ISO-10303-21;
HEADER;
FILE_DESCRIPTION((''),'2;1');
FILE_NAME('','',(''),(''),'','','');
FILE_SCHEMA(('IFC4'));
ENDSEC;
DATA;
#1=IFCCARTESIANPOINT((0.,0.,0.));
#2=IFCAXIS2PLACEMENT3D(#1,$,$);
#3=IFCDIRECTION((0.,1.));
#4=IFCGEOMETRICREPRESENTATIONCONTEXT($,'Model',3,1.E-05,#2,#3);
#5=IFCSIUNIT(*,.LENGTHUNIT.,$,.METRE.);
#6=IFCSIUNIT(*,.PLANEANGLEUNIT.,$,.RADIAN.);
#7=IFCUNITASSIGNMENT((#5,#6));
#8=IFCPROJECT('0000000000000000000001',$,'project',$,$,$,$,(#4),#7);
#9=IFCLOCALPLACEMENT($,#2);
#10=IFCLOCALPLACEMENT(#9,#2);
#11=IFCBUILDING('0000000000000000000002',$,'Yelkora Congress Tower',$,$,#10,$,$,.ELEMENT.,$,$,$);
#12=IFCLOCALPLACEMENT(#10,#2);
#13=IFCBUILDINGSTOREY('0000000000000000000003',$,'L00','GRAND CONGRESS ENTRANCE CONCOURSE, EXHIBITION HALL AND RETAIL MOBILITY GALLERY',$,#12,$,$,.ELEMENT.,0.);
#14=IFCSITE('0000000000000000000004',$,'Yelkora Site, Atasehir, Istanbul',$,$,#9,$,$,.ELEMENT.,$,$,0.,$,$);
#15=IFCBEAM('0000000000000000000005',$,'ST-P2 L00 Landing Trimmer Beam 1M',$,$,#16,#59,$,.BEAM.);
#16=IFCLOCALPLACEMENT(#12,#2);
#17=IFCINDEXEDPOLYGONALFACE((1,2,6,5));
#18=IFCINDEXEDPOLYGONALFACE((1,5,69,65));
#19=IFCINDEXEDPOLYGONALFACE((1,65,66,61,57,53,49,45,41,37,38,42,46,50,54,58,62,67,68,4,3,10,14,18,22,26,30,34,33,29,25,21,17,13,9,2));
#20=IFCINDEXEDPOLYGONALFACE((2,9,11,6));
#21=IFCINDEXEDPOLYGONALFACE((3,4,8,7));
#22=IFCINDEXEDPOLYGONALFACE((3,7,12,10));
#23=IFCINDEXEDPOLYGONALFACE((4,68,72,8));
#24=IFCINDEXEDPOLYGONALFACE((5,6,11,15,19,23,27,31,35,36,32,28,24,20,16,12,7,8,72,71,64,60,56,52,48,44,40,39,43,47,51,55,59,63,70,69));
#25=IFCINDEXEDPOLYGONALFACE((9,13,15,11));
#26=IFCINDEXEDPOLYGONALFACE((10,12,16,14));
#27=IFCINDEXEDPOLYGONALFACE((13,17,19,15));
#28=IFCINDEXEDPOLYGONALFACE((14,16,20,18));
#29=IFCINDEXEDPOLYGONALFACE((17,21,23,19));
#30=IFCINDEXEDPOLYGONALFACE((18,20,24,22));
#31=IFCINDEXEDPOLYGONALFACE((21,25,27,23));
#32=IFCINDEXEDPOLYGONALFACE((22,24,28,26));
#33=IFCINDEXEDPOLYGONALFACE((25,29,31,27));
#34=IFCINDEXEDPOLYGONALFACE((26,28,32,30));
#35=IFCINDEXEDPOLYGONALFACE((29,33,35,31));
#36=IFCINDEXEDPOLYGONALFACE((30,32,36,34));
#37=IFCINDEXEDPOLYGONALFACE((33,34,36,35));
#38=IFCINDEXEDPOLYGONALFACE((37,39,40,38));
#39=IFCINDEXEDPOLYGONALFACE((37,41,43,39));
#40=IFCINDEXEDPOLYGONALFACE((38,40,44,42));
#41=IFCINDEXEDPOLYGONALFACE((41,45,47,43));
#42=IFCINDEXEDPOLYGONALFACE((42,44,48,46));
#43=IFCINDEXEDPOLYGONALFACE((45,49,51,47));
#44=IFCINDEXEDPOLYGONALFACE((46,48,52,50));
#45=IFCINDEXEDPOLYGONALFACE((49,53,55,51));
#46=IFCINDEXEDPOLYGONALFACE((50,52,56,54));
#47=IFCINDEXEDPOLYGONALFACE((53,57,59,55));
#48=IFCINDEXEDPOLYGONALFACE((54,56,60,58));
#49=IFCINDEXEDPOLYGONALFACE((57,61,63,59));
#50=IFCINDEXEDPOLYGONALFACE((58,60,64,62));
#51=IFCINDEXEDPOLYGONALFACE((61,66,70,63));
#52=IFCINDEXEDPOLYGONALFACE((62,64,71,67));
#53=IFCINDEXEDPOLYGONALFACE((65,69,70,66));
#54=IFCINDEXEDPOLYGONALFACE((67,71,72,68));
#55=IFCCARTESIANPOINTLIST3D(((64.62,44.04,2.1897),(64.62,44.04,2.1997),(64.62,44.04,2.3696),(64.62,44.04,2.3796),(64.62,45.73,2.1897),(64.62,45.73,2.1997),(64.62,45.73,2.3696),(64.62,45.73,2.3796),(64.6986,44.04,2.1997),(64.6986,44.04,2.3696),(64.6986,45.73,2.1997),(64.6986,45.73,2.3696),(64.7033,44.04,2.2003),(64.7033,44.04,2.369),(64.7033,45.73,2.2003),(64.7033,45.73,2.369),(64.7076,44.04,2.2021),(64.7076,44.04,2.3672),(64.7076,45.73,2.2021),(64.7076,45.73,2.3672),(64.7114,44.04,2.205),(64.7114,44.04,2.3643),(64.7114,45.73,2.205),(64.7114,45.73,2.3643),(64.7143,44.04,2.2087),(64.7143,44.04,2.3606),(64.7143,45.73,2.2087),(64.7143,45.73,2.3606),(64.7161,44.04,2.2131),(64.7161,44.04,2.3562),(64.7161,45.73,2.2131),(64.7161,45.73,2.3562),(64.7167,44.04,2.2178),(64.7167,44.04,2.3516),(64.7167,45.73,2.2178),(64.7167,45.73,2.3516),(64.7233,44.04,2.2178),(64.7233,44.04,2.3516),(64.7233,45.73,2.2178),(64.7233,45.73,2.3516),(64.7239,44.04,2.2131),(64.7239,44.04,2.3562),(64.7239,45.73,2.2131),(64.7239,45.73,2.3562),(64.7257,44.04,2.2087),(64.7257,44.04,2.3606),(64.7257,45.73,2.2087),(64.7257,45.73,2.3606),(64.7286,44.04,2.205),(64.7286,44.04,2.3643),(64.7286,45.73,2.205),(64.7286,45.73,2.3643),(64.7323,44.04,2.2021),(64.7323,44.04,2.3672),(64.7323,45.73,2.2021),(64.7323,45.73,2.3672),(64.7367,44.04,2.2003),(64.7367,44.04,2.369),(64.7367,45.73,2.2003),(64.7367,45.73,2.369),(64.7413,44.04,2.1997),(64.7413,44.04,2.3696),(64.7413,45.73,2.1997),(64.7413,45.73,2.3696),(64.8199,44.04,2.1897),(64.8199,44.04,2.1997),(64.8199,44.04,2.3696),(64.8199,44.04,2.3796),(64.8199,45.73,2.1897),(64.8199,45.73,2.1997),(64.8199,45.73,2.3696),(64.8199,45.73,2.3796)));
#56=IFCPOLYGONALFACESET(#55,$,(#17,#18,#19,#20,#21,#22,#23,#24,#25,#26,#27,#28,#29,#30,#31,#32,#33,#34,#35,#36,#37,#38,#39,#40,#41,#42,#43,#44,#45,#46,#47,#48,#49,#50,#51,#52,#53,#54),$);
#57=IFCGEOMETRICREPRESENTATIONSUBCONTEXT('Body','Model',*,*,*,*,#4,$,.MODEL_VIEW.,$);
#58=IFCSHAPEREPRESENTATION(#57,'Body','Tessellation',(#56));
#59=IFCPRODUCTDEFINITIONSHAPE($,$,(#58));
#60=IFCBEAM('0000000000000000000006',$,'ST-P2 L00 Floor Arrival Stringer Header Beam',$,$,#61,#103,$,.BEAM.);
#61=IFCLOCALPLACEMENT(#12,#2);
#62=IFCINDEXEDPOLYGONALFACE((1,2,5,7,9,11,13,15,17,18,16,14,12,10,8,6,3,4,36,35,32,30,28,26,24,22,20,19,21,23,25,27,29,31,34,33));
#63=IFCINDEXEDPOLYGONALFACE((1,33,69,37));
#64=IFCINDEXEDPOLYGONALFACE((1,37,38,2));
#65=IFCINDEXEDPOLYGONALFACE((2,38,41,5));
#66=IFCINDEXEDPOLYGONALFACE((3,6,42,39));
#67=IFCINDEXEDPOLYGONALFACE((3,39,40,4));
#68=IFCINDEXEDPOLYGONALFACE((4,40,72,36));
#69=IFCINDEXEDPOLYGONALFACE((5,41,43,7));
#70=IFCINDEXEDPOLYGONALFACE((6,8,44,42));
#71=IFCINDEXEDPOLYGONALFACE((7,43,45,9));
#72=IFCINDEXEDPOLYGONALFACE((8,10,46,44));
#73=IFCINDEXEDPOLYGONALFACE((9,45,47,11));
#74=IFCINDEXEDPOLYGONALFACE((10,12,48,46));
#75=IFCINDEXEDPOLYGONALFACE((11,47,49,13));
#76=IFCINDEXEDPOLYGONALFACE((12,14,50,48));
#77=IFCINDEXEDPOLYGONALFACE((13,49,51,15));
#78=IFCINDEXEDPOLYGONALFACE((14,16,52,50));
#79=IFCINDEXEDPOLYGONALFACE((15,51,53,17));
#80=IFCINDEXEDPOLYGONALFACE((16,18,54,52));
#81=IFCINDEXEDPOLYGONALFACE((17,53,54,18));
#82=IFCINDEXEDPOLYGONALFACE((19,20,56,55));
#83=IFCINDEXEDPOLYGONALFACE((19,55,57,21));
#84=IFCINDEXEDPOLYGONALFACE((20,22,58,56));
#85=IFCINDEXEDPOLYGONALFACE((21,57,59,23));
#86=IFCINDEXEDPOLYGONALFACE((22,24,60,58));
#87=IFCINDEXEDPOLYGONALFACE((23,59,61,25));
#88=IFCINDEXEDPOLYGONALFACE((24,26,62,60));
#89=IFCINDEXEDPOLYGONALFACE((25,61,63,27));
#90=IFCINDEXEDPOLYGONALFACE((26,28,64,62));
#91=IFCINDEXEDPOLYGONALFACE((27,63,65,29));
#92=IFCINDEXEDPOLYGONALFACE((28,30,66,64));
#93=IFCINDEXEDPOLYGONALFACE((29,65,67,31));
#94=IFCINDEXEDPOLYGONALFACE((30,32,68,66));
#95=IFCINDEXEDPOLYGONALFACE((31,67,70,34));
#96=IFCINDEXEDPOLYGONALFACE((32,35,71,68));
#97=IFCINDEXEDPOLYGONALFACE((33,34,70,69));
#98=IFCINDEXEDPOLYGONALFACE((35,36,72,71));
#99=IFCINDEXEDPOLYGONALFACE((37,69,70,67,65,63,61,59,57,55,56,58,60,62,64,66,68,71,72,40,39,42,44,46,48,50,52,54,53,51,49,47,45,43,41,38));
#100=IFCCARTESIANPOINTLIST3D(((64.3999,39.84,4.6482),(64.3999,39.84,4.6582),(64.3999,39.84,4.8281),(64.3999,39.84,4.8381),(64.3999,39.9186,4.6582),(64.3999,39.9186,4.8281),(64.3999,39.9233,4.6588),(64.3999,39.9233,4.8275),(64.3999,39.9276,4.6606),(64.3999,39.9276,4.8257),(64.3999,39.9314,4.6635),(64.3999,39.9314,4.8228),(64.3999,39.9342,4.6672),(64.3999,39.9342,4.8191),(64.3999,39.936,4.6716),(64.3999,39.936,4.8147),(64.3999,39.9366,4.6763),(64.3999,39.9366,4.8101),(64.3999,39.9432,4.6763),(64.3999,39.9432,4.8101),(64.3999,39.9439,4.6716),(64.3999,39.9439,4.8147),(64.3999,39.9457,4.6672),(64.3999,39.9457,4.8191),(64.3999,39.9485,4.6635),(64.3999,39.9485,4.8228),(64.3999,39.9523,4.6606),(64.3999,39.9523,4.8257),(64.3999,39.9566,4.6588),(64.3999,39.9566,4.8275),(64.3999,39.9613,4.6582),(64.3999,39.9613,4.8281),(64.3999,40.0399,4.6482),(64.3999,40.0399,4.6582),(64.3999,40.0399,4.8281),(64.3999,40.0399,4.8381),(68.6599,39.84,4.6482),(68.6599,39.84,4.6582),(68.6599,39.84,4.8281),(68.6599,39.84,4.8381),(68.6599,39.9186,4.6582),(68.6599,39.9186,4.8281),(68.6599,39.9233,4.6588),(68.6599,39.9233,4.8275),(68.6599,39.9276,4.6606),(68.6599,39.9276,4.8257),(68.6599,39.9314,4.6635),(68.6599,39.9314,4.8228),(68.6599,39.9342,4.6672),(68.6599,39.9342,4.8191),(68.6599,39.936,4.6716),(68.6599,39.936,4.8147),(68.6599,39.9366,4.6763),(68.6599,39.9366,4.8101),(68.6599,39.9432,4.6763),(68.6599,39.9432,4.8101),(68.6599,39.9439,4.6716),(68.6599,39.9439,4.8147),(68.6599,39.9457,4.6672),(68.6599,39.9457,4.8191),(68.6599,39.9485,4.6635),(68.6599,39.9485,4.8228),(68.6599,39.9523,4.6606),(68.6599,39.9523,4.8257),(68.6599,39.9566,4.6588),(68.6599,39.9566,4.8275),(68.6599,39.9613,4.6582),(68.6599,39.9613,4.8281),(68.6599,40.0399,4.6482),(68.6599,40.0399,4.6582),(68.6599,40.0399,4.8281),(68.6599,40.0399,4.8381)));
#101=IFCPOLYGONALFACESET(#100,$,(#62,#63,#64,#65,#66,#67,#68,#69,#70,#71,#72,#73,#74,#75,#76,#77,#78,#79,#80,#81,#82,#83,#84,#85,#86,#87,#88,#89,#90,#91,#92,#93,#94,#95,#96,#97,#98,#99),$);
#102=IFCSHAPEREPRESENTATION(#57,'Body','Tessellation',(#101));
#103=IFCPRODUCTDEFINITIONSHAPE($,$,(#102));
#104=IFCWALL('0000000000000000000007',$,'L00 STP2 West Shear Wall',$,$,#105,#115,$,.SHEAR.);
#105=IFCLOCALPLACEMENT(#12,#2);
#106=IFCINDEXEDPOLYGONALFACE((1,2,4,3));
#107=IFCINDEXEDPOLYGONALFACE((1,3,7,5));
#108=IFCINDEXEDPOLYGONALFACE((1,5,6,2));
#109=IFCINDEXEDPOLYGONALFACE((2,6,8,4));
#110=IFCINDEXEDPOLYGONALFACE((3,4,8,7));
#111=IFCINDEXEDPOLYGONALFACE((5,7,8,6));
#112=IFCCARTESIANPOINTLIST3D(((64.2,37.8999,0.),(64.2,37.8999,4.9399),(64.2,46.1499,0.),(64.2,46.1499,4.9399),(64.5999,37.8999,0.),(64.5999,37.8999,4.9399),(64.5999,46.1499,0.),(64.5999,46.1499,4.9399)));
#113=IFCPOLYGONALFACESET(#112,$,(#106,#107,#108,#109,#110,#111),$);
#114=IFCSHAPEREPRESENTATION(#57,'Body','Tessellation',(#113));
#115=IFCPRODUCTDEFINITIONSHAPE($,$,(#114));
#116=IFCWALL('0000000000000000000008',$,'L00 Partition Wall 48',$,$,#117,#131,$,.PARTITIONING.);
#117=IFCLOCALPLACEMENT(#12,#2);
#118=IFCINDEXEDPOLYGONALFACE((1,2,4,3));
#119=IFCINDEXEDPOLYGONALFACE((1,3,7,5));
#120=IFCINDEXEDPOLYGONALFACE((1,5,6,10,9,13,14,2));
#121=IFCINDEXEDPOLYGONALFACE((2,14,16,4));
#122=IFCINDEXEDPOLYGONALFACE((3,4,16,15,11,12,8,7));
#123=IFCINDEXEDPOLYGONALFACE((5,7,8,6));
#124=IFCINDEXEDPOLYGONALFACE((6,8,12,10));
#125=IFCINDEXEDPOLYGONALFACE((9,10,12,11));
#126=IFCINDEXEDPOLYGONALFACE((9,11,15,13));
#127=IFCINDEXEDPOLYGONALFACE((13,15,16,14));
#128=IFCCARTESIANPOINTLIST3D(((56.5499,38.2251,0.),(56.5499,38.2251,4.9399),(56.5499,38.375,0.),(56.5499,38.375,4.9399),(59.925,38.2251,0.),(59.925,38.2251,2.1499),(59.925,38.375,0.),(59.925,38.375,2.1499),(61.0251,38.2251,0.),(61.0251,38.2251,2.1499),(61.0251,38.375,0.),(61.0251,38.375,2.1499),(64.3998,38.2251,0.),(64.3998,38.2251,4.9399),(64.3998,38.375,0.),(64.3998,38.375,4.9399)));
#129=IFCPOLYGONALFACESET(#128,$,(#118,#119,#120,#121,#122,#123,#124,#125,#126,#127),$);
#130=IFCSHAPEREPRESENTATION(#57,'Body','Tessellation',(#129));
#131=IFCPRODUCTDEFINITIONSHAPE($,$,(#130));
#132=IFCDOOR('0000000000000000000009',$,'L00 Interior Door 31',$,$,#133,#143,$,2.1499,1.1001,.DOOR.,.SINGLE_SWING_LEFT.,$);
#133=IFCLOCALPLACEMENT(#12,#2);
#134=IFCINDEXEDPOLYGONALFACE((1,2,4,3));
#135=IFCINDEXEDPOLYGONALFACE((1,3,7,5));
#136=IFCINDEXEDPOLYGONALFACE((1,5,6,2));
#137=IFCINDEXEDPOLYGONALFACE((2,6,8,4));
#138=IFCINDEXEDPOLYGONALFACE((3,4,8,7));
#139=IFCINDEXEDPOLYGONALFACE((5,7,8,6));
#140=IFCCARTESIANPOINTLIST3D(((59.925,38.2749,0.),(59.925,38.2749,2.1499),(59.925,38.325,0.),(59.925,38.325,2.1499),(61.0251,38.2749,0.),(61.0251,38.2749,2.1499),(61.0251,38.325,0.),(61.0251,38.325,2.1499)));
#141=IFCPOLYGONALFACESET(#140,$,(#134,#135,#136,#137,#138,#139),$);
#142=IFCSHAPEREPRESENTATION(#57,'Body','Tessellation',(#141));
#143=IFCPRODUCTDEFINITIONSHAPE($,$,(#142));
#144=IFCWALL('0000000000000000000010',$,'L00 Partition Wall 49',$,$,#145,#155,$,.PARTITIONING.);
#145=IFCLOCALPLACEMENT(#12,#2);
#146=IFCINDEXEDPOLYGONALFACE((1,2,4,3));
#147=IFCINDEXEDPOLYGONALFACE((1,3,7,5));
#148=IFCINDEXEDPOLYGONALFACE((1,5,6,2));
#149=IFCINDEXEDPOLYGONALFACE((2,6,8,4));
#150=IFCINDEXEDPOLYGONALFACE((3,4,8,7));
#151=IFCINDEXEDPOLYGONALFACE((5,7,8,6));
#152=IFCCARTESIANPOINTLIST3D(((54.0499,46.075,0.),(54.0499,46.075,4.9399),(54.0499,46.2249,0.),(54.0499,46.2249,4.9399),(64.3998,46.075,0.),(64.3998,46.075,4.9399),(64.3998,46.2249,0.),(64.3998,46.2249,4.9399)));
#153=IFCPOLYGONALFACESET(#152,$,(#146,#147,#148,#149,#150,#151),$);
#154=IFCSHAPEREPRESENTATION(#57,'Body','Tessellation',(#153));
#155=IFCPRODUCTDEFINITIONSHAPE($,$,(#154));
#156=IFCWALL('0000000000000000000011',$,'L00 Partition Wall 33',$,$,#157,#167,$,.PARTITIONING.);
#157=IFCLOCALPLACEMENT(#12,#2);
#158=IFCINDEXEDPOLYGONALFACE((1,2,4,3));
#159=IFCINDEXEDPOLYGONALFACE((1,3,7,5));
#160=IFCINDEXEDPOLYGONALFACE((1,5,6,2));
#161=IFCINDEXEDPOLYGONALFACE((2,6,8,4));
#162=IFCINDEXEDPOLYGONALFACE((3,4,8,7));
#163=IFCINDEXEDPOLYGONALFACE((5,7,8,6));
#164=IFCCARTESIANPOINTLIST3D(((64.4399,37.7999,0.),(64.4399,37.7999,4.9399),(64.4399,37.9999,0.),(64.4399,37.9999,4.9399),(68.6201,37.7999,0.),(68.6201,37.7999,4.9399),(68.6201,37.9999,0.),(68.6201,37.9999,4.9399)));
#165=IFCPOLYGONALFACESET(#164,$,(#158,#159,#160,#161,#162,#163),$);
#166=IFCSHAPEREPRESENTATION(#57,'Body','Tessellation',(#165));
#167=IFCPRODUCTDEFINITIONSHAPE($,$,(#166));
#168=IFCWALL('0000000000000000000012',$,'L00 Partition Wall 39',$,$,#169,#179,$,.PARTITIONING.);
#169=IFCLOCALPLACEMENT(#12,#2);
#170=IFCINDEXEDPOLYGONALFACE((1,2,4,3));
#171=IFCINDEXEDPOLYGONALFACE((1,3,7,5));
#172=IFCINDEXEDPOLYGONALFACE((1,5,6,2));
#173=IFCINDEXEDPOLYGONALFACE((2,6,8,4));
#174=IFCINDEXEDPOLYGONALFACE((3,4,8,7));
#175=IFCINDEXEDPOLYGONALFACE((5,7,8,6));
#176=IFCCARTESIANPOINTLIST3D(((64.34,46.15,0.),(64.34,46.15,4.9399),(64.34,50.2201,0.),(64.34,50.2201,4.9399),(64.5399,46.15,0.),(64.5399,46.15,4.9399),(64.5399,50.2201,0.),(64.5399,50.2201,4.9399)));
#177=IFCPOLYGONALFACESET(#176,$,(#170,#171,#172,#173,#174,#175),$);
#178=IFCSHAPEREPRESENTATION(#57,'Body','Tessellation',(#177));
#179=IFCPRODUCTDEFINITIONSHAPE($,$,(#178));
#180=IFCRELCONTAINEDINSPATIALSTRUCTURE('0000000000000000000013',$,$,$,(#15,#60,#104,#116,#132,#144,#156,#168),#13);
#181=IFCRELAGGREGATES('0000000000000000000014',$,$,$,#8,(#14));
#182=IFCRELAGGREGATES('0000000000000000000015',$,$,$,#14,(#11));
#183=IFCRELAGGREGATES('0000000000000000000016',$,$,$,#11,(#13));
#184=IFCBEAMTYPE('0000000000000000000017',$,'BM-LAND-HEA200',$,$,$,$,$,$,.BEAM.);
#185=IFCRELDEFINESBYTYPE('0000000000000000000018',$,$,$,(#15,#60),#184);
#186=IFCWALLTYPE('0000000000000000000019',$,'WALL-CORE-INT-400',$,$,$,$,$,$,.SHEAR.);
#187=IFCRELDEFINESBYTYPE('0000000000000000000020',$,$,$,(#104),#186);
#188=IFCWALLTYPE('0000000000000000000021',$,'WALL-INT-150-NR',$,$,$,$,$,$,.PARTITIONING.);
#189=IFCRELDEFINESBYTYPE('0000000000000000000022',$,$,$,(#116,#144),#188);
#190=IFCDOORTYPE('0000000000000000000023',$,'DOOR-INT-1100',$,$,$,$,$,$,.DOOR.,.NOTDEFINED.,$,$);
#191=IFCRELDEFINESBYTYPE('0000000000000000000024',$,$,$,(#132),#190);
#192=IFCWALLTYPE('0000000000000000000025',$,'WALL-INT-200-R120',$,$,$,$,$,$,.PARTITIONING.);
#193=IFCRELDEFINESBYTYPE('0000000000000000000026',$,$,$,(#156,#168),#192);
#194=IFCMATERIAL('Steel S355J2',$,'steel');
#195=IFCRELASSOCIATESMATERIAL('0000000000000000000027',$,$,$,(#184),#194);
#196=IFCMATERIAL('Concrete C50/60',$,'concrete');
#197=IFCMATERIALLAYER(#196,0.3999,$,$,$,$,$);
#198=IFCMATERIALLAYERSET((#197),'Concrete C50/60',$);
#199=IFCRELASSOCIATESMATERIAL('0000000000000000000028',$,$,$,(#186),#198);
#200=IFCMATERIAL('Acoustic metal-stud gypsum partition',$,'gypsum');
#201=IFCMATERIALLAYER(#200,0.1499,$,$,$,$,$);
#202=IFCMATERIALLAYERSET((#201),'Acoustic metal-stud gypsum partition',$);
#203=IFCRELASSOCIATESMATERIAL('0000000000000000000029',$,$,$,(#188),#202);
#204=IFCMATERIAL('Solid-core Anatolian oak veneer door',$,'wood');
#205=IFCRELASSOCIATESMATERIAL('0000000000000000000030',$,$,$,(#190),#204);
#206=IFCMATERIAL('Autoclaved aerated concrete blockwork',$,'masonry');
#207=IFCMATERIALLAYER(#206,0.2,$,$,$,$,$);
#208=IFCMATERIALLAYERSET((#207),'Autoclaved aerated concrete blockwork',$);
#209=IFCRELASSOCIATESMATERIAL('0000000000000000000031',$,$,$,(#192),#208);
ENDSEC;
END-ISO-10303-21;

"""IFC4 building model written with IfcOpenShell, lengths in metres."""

from ifc_helpers import new_model, si_unit, direction, frame, frame_2d, origin, origin_2d, place, context, subcontext, project, spatial, rectangle, i_section, extrude, material, layer, layer_set, material_profile, profile_set, type_object, element, fill, save


model = new_model("IFC4")

# Units and contexts
model_context = context("Model", 3, precision=1e-05, world=origin(), true_north=direction((0.0, 1.0)))
body_context = subcontext(model_context, "Body", "Model", "MODEL_VIEW")
ifc_project = project(units=[si_unit("LENGTHUNIT", "METRE"), si_unit("PLANEANGLEUNIT", "RADIAN")], contexts=[model_context])

# Site, building, storey
site_placement = place(None, origin())
site = spatial("IfcSite", under=ifc_project, at=site_placement, Name="Yelkora Site, Atasehir, Istanbul", CompositionType="ELEMENT", RefElevation=0.0)
building_placement = place(site_placement, origin())
building = spatial("IfcBuilding", under=site, at=building_placement, Name="Yelkora Congress Tower", CompositionType="ELEMENT")
storey_placement = place(building_placement, origin())
storey = spatial("IfcBuildingStorey", under=building, at=storey_placement, Name="L00", Description="GRAND CONGRESS ENTRANCE CONCOURSE, EXHIBITION HALL AND RETAIL MOBILITY GALLERY", CompositionType="ELEMENT", Elevation=0.0)

# Shared definitions
ifc_material_1 = material(Name="Concrete C50/60", Category="concrete")

# Beams
ifc_material_2 = material(Name="Steel S355J2", Category="steel")
ifc_material_profile_1 = material_profile(ifc_material_2, i_section(OverallWidth=0.2, OverallDepth=0.1899, WebThickness=0.0066, FlangeThickness=0.01, FilletRadius=0.0181, at=origin_2d()), Name="HEA 200")
ifc_profile_set_1 = profile_set([ifc_material_profile_1], Name="Steel S355J2")
beam_type_1 = type_object("IfcBeamType", Name="BM-LAND-HEA200", PredefinedType="BEAM", material=ifc_profile_set_1)
beam_1_placement = place(storey_placement, frame((64.72, 44.04, 2.2847), z_axis=(0.0, 1.0, 0.0), x_axis=(-1.0, 0.0, 0.0)))
element("IfcBeam", 1, at=beam_1_placement, inside=storey, type_object=beam_type_1, Name="ST-P2 L00 Landing Trimmer Beam 1M", PredefinedType="BEAM", context=body_context, shape_type="SweptSolid", body=[
    extrude(i_section(OverallWidth=0.2, OverallDepth=0.1899, WebThickness=0.0066, FlangeThickness=0.01, FilletRadius=0.0181, at=origin_2d()), origin(), (0.0, 0.0, 1.0), 1.6899),
])
beam_2_placement = place(storey_placement, frame((64.3999, 39.9399, 4.7432), z_axis=(1.0, 0.0, 0.0), x_axis=(0.0, 1.0, 0.0)))
element("IfcBeam", 2, at=beam_2_placement, inside=storey, type_object=beam_type_1, Name="ST-P2 L00 Floor Arrival Stringer Header Beam", PredefinedType="BEAM", context=body_context, shape_type="SweptSolid", body=[
    extrude(i_section(OverallWidth=0.2, OverallDepth=0.1899, WebThickness=0.0066, FlangeThickness=0.01, FilletRadius=0.0181, at=origin_2d()), origin(), (0.0, 0.0, 1.0), 4.26),
])

# Wall
ifc_layer_1 = layer(ifc_material_1, 0.3999)
ifc_layer_set_1 = layer_set([ifc_layer_1], Name="Concrete C50/60")
wall_type_1 = type_object("IfcWallType", Name="WALL-CORE-INT-400", PredefinedType="SHEAR", material=ifc_layer_set_1)
wall_1_placement = place(storey_placement, frame((64.3999, 37.8999, 0.0), z_axis=(0.0, 0.0, 1.0), x_axis=(0.0, 1.0, 0.0)))
element("IfcWall", 3, at=wall_1_placement, inside=storey, type_object=wall_type_1, Name="L00 STP2 West Shear Wall", PredefinedType="SHEAR", context=body_context, shape_type="SweptSolid", body=[
    extrude(rectangle(XDim=8.25, YDim=0.3999, at=frame_2d((4.125, 0.0))), origin(), (0.0, 0.0, 1.0), 4.9399),
])

# Wall, opening, door
ifc_material_3 = material(Name="Acoustic metal-stud gypsum partition", Category="gypsum")
ifc_layer_2 = layer(ifc_material_3, 0.1499)
ifc_layer_set_2 = layer_set([ifc_layer_2], Name="Acoustic metal-stud gypsum partition")
wall_type_2 = type_object("IfcWallType", Name="WALL-INT-150-NR", PredefinedType="PARTITIONING", material=ifc_layer_set_2)
wall_2_placement = place(storey_placement, frame((56.55, 38.3, 0.0), z_axis=(0.0, 0.0, 1.0), x_axis=(1.0, 0.0, 0.0)))
wall_2 = element("IfcWall", 4, at=wall_2_placement, inside=storey, type_object=wall_type_2, Name="L00 Partition Wall 48", PredefinedType="PARTITIONING", context=body_context, shape_type="SweptSolid", body=[
    extrude(rectangle(XDim=7.8499, YDim=0.1499, at=frame_2d((3.9248, 0.0))), origin(), (0.0, 0.0, 1.0), 4.9399),
])
opening_1_placement = place(wall_2_placement, frame((3.375, 0.0, 0.0)))
opening_1 = element("IfcOpeningElement", 5, at=opening_1_placement, cuts=wall_2, PredefinedType="OPENING", context=body_context, shape_type="SweptSolid", body=[
    extrude(rectangle(XDim=1.1001, YDim=2.1499, at=frame_2d((0.55, 1.075))), frame((0.0, 0.085, 0.0), z_axis=(0.0, -1.0, 0.0), x_axis=(1.0, 0.0, 0.0)), (0.0, 0.0, 1.0), 0.1699),
])
ifc_material_4 = material(Name="Solid-core Anatolian oak veneer door", Category="wood")
door_type_1 = type_object("IfcDoorType", Name="DOOR-INT-1100", OperationType="NOTDEFINED", PredefinedType="DOOR", material=ifc_material_4)
door_1_placement = place(opening_1_placement, origin())
door_1 = element("IfcDoor", 6, at=door_1_placement, inside=storey, type_object=door_type_1, Name="L00 Interior Door 31", OperationType="SINGLE_SWING_LEFT", OverallHeight=2.1499, OverallWidth=1.1001, PredefinedType="DOOR", context=body_context, shape_type="SweptSolid", body=[
    extrude(rectangle(XDim=1.1001, YDim=2.1499, at=frame_2d((0.55, 1.075))), frame((0.0, 0.0249, 0.0), z_axis=(0.0, -1.0, 0.0), x_axis=(1.0, 0.0, 0.0)), (0.0, 0.0, 1.0), 0.05),
])
fill(opening_1, door_1)

# Walls
wall_3_placement = place(storey_placement, frame((54.05, 46.1499, 0.0), z_axis=(0.0, 0.0, 1.0), x_axis=(1.0, 0.0, 0.0)))
element("IfcWall", 7, at=wall_3_placement, inside=storey, type_object=wall_type_2, Name="L00 Partition Wall 49", PredefinedType="PARTITIONING", context=body_context, shape_type="SweptSolid", body=[
    extrude(rectangle(XDim=10.3499, YDim=0.1499, at=frame_2d((5.1748, 0.0))), origin(), (0.0, 0.0, 1.0), 4.9399),
])
ifc_material_5 = material(Name="Autoclaved aerated concrete blockwork", Category="masonry")
ifc_layer_3 = layer(ifc_material_5, 0.2)
ifc_layer_set_3 = layer_set([ifc_layer_3], Name="Autoclaved aerated concrete blockwork")
wall_type_3 = type_object("IfcWallType", Name="WALL-INT-200-R120", PredefinedType="PARTITIONING", material=ifc_layer_set_3)
wall_4_placement = place(storey_placement, frame((64.4399, 37.8999, 0.0), z_axis=(0.0, 0.0, 1.0), x_axis=(1.0, 0.0, 0.0)))
element("IfcWall", 8, at=wall_4_placement, inside=storey, type_object=wall_type_3, Name="L00 Partition Wall 33", PredefinedType="PARTITIONING", context=body_context, shape_type="SweptSolid", body=[
    extrude(rectangle(XDim=4.1802, YDim=0.2, at=frame_2d((2.0901, 0.0))), origin(), (0.0, 0.0, 1.0), 4.9399),
])

# Wall
wall_5_placement = place(storey_placement, frame((64.4399, 46.1499, 0.0), z_axis=(0.0, 0.0, 1.0), x_axis=(0.0, 1.0, 0.0)))
element("IfcWall", 9, at=wall_5_placement, inside=storey, type_object=wall_type_3, Name="L00 Partition Wall 39", PredefinedType="PARTITIONING", context=body_context, shape_type="SweptSolid", body=[
    extrude(rectangle(XDim=4.0701, YDim=0.2, at=frame_2d((2.0352, 0.0))), origin(), (0.0, 0.0, 1.0), 4.9399),
])

save(model, "model.ifc")
